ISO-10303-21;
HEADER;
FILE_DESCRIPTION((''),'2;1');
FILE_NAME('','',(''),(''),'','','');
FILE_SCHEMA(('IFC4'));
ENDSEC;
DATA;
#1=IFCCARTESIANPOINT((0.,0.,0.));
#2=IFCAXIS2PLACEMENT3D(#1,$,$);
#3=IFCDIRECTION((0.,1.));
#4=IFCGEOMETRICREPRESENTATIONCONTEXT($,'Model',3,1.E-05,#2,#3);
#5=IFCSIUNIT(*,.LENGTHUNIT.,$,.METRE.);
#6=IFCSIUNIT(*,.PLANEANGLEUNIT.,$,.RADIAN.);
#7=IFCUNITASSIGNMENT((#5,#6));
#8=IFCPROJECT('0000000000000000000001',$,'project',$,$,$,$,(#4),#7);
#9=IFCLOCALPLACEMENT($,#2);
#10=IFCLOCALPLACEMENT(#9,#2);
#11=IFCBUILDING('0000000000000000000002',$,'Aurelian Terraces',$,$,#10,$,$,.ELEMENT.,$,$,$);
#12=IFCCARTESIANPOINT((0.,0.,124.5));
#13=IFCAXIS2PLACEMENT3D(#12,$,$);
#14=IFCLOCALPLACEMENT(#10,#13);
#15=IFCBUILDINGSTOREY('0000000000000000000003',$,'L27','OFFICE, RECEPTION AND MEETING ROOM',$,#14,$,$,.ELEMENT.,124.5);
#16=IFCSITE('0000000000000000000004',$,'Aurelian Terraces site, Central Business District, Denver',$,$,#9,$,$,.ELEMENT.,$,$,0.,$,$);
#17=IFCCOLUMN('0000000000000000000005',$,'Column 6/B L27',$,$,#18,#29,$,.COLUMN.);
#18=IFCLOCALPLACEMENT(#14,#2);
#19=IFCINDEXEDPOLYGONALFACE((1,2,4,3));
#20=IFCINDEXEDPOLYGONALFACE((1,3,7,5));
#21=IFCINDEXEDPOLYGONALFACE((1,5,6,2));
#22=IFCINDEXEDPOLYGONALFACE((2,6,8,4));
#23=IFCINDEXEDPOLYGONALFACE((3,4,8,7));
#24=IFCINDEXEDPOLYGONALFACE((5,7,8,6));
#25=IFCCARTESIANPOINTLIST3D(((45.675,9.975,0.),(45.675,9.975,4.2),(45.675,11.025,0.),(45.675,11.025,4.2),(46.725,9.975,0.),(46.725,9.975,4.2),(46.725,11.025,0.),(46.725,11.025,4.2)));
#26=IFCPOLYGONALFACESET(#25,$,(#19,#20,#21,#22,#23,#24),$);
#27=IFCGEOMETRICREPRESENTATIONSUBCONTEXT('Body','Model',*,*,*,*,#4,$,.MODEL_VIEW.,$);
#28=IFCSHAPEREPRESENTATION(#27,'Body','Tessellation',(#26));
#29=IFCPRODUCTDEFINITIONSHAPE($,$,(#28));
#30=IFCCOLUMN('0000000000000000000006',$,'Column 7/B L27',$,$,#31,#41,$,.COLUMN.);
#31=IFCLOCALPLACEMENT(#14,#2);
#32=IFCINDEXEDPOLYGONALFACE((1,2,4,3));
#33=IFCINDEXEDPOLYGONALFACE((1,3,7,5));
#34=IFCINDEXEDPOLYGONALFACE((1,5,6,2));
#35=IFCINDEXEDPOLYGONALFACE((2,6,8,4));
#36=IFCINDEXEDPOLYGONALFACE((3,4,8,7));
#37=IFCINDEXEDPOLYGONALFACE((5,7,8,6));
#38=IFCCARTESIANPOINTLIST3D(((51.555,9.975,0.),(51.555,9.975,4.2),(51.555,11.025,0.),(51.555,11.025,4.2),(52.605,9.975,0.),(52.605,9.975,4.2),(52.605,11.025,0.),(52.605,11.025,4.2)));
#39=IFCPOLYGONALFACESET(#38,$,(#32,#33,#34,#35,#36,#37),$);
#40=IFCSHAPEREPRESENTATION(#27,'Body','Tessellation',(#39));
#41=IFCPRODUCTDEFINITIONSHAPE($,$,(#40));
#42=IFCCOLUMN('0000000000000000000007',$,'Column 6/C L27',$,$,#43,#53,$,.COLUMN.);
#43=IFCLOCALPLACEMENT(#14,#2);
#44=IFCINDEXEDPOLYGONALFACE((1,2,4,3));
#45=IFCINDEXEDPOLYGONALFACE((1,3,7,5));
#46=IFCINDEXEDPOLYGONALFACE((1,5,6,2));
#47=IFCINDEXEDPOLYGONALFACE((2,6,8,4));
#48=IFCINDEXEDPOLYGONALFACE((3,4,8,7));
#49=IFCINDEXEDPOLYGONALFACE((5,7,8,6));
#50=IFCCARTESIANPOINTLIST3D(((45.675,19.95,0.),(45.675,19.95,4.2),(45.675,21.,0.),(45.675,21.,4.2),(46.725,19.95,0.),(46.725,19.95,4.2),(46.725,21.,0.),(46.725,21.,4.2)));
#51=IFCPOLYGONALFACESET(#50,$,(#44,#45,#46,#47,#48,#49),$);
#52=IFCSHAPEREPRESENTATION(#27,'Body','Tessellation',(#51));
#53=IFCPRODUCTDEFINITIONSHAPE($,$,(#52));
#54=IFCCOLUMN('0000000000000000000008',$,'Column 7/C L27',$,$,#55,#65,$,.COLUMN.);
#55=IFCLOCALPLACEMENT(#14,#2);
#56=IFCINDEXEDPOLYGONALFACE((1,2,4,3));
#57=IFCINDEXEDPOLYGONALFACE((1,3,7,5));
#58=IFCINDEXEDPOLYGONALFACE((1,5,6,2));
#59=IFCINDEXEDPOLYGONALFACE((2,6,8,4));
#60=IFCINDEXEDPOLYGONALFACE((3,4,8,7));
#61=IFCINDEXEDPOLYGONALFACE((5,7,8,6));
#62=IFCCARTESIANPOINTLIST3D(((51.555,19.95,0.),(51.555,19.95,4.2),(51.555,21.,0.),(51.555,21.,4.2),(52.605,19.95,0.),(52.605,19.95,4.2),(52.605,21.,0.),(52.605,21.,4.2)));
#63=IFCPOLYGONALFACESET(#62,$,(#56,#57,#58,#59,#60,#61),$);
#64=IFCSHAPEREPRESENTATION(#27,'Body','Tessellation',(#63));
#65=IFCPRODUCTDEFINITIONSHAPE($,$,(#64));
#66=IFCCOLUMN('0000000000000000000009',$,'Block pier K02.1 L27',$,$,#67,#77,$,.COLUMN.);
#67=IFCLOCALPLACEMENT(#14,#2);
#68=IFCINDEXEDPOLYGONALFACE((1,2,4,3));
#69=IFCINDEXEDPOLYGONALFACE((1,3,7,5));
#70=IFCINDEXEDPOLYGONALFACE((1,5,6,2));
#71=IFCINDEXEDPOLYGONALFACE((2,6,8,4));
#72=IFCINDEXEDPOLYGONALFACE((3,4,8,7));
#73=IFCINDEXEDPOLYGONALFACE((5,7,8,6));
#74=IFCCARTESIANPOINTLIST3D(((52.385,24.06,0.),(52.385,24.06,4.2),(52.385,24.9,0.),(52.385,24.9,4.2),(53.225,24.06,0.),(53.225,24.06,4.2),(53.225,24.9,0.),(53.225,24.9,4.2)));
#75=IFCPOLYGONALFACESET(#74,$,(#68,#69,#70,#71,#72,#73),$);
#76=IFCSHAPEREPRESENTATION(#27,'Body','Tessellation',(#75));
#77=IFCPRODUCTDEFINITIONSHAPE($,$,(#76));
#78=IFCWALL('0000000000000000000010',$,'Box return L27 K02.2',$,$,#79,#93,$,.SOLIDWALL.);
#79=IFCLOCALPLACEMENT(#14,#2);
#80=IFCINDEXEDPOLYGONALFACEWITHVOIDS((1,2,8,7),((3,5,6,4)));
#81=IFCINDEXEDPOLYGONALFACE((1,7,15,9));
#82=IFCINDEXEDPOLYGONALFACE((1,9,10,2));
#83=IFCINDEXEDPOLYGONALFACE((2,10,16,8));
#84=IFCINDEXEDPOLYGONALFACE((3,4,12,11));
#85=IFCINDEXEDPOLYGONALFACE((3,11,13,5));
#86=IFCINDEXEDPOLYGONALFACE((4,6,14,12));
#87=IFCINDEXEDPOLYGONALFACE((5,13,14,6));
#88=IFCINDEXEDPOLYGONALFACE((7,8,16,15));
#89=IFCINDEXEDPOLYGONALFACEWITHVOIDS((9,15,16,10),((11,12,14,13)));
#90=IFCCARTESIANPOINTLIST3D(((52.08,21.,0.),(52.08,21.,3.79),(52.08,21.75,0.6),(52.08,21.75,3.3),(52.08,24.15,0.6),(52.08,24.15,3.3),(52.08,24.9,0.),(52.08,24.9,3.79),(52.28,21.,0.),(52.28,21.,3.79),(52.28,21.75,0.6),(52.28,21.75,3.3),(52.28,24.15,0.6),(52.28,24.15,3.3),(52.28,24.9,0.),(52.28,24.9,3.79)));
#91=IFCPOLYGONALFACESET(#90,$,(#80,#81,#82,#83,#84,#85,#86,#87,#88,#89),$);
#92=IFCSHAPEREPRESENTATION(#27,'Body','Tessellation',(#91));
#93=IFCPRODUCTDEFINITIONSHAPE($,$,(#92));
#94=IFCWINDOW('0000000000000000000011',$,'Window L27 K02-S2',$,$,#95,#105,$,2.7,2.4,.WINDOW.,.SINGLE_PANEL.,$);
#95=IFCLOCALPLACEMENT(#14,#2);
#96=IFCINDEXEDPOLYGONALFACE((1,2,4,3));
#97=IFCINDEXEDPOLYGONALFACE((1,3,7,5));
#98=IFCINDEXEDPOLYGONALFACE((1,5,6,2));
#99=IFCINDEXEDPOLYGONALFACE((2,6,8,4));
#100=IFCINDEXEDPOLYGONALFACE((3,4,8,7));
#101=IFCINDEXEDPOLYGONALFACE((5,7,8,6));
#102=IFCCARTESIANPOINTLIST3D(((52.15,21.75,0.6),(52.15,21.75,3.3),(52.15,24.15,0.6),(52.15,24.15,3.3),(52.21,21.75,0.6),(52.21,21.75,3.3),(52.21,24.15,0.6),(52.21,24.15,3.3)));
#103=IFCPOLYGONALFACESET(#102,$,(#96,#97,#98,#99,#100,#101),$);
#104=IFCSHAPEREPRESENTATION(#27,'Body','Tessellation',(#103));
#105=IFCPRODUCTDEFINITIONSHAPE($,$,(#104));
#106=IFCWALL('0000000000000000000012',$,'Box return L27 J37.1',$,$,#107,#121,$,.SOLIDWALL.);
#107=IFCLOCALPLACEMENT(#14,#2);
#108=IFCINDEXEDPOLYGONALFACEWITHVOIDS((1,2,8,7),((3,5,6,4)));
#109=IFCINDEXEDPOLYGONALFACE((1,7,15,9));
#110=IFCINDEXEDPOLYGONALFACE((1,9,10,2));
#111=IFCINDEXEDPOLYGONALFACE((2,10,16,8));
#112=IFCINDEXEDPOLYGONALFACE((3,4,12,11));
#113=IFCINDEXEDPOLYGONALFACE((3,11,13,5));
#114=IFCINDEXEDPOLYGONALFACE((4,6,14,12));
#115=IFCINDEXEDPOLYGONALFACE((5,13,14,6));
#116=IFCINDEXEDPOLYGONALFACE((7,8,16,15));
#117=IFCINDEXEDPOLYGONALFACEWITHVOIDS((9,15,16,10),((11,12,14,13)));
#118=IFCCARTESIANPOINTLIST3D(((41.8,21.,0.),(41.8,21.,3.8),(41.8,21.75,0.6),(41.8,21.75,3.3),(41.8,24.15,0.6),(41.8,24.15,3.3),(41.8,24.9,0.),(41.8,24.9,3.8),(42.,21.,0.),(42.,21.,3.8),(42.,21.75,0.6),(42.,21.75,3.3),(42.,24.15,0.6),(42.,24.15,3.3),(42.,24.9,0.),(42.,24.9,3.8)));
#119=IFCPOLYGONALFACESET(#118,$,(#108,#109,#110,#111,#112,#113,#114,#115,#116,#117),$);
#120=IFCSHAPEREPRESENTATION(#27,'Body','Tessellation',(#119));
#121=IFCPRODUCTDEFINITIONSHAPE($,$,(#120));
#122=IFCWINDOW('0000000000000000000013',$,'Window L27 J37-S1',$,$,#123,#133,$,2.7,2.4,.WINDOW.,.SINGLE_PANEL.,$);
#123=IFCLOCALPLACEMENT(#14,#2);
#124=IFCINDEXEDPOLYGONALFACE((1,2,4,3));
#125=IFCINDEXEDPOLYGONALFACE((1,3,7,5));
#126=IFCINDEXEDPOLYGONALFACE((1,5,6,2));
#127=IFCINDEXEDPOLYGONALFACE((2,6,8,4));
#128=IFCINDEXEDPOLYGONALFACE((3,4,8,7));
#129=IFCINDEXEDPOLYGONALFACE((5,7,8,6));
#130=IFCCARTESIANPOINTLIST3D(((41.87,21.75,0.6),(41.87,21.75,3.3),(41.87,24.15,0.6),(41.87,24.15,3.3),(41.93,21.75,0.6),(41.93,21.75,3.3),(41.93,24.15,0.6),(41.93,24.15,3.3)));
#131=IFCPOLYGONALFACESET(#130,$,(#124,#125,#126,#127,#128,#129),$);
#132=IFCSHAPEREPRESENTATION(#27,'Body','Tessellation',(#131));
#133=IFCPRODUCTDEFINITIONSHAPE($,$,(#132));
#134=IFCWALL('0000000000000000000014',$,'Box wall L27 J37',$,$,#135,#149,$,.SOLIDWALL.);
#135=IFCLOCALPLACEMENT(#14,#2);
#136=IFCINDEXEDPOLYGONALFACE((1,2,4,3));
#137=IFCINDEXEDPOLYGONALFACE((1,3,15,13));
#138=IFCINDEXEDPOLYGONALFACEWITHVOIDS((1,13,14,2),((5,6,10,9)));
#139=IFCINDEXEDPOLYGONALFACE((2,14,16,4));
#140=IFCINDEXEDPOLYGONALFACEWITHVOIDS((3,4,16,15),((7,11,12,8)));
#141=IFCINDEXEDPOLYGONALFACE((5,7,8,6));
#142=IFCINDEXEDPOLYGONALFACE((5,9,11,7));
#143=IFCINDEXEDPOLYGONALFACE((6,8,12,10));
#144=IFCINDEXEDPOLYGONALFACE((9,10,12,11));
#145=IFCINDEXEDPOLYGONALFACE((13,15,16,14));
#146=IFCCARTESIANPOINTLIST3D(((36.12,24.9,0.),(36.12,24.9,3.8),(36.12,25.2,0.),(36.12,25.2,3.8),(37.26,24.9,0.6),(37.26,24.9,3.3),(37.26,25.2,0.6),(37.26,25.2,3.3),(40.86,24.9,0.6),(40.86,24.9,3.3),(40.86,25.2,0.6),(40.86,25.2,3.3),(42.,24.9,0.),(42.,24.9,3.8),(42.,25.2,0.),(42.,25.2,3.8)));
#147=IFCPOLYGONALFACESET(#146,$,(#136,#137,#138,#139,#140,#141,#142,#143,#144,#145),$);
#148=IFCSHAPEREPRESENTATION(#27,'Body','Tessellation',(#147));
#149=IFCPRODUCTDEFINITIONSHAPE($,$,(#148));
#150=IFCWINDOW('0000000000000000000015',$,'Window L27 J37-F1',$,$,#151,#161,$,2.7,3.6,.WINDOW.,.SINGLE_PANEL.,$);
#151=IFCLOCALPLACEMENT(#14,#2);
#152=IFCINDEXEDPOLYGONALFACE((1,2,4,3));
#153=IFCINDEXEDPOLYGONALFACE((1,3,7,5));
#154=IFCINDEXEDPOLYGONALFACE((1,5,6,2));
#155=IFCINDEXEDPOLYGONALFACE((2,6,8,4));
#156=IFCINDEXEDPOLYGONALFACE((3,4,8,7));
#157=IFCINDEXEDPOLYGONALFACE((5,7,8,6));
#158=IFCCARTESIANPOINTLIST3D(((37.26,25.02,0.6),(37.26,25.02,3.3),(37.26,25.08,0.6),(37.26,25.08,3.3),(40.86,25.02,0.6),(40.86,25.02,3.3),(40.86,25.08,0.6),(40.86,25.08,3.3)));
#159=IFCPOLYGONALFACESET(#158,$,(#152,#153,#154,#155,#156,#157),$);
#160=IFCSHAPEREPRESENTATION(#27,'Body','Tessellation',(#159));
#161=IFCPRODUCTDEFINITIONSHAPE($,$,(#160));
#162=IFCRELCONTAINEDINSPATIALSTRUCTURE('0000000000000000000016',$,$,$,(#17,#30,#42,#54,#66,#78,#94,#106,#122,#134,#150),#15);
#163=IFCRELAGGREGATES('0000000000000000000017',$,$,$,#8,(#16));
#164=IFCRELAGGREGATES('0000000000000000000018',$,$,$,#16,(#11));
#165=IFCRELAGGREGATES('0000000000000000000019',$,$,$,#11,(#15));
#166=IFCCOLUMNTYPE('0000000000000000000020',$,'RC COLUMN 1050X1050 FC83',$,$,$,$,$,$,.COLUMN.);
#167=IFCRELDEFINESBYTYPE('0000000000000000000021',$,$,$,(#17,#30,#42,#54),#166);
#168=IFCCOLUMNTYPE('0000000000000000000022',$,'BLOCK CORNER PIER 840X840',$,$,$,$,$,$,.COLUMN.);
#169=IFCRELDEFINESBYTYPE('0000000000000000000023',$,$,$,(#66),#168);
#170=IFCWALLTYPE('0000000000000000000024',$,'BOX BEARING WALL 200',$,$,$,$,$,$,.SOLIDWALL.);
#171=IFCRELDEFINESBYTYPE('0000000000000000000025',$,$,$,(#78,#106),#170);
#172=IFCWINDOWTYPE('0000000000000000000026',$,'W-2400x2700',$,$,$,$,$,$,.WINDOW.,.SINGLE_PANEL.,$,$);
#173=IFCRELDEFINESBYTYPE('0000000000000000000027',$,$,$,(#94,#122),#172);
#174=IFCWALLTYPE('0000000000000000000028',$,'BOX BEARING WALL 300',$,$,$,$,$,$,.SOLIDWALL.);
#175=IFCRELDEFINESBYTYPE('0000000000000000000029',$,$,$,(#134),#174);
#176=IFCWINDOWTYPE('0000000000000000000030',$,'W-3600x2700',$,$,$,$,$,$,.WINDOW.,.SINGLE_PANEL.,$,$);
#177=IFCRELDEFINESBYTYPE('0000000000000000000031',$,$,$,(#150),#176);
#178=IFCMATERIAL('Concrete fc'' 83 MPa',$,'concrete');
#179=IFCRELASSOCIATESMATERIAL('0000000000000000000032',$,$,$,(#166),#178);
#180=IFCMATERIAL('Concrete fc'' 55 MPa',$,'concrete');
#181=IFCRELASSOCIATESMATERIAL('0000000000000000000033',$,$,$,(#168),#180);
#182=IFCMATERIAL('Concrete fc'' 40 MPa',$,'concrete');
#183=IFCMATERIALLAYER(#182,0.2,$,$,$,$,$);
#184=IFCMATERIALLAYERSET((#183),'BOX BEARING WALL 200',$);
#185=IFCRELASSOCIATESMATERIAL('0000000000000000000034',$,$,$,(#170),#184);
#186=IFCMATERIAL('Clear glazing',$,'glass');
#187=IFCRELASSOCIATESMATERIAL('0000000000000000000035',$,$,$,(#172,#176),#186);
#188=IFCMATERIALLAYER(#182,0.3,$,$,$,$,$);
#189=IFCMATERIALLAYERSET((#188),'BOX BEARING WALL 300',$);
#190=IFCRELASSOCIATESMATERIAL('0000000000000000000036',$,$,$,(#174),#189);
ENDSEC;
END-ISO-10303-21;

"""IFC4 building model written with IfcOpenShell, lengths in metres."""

from ifc_helpers import new_model, si_unit, direction, frame, frame_2d, origin, origin_2d, place, context, subcontext, project, spatial, rectangle, extrude, source, transform, mapped, material, layer, layer_set, material_profile, profile_set, type_object, element, fill, save


model = new_model("IFC4")

# Units and contexts
model_context = context("Model", 3, precision=1e-05, world=origin(), true_north=direction((0.0, 1.0)))
body_context = subcontext(model_context, "Body", "Model", "MODEL_VIEW")
ifc_project = project(units=[si_unit("LENGTHUNIT", "METRE"), si_unit("PLANEANGLEUNIT", "RADIAN")], contexts=[model_context])

# Site, building, storey
site_placement = place(None, origin())
site = spatial("IfcSite", under=ifc_project, at=site_placement, Name="Aurelian Terraces site, Central Business District, Denver", CompositionType="ELEMENT", RefElevation=0.0)
building_placement = place(site_placement, origin())
building = spatial("IfcBuilding", under=site, at=building_placement, Name="Aurelian Terraces", CompositionType="ELEMENT")
storey_placement = place(building_placement, frame((0.0, 0.0, 124.5)))
storey = spatial("IfcBuildingStorey", under=building, at=storey_placement, Name="L27", Description="OFFICE, RECEPTION AND MEETING ROOM", CompositionType="ELEMENT", Elevation=124.5)

# Columns
ifc_material_1 = material(Name="Concrete fc' 83 MPa", Category="concrete")
ifc_material_profile_1 = material_profile(ifc_material_1, rectangle(XDim=1.05, YDim=1.05, at=origin_2d()))
ifc_profile_set_1 = profile_set([ifc_material_profile_1], Name="Concrete fc' 83 MPa")
column_type_1 = type_object("IfcColumnType", Name="RC COLUMN 1050X1050 FC83", PredefinedType="COLUMN", material=ifc_profile_set_1)
shared_shape_1 = source(origin(), body_context, "Body", "SweptSolid", [
    extrude(rectangle(XDim=1.05, YDim=1.05, at=origin_2d()), origin(), (0.0, 0.0, 1.0), 4.2),
])
for number, where, z_axis, x_axis, name in (
    (1, (46.2, 10.5, 0.0), (0.0, 0.0, 1.0), (1.0, 0.0, 0.0), "Column 6/B L27"),
    (2, (52.08, 10.5, 0.0), (0.0, 0.0, 1.0), (1.0, 0.0, 0.0), "Column 7/B L27"),
    (3, (46.2, 20.475, 0.0), (0.0, 0.0, 1.0), (1.0, 0.0, 0.0), "Column 6/C L27"),
    (4, (52.08, 20.475, 0.0), (0.0, 0.0, 1.0), (1.0, 0.0, 0.0), "Column 7/C L27"),
):
    element("IfcColumn", number, at=place(storey_placement, frame(where, z_axis=z_axis, x_axis=x_axis)), inside=storey, type_object=column_type_1, Name=name, PredefinedType="COLUMN", context=body_context, shape_type="MappedRepresentation", body=[
        mapped(shared_shape_1, transform((0.0, 0.0, 0.0), scale=1.0)),
    ])
ifc_material_2 = material(Name="Concrete fc' 55 MPa", Category="concrete")
ifc_material_profile_2 = material_profile(ifc_material_2, rectangle(XDim=0.84, YDim=0.84, at=origin_2d()))
ifc_profile_set_2 = profile_set([ifc_material_profile_2], Name="Concrete fc' 55 MPa")
column_type_2 = type_object("IfcColumnType", Name="BLOCK CORNER PIER 840X840", PredefinedType="COLUMN", material=ifc_profile_set_2)
shared_shape_2 = source(origin(), body_context, "Body", "SweptSolid", [
    extrude(rectangle(XDim=0.84, YDim=0.84, at=origin_2d()), origin(), (0.0, 0.0, 1.0), 4.2),
])
column_placement = place(storey_placement, frame((52.805, 24.48, 0.0), z_axis=(0.0, 0.0, 1.0), x_axis=(1.0, 0.0, 0.0)))
element("IfcColumn", 5, at=column_placement, inside=storey, type_object=column_type_2, Name="Block pier K02.1 L27", PredefinedType="COLUMN", context=body_context, shape_type="MappedRepresentation", body=[
    mapped(shared_shape_2, transform((0.0, 0.0, 0.0), scale=1.0)),
])

# Walls, openings, windows
ifc_material_3 = material(Name="Concrete fc' 40 MPa", Category="concrete")
ifc_layer_1 = layer(ifc_material_3, 0.2)
ifc_layer_set_1 = layer_set([ifc_layer_1], Name="BOX BEARING WALL 200")
wall_type_1 = type_object("IfcWallType", Name="BOX BEARING WALL 200", PredefinedType="SOLIDWALL", material=ifc_layer_set_1)
shared_shape_3 = source(origin(), body_context, "Body", "SweptSolid", [
    extrude(rectangle(XDim=3.9, YDim=0.2, at=frame_2d((1.95, 0.0))), origin(), (0.0, 0.0, 1.0), 3.79),
])
wall_1_placement = place(storey_placement, frame((52.18, 21.0, 0.0), z_axis=(0.0, 0.0, 1.0), x_axis=(0.0, 1.0, 0.0)))
wall_1 = element("IfcWall", 6, at=wall_1_placement, inside=storey, type_object=wall_type_1, Name="Box return L27 K02.2", PredefinedType="SOLIDWALL", context=body_context, shape_type="MappedRepresentation", body=[
    mapped(shared_shape_3, transform((0.0, 0.0, 0.0), scale=1.0)),
])
shared_shape_4 = source(origin(), body_context, "Body", "SweptSolid", [
    extrude(rectangle(XDim=2.4, YDim=2.7, at=frame_2d((1.2, 1.35))), frame((0.0, 0.11, 0.0), z_axis=(0.0, -1.0, 0.0), x_axis=(1.0, 0.0, 0.0)), (0.0, 0.0, 1.0), 0.22),
])
opening_1_placement = place(wall_1_placement, frame((0.75, 0.0, 0.6)))
opening_1 = element("IfcOpeningElement", 7, at=opening_1_placement, cuts=wall_1, PredefinedType="OPENING", context=body_context, shape_type="MappedRepresentation", body=[
    mapped(shared_shape_4, transform((0.0, 0.0, 0.0), scale=1.0)),
])
ifc_material_4 = material(Name="Clear glazing", Category="glass")
window_type_1 = type_object("IfcWindowType", Name="W-2400x2700", PartitioningType="SINGLE_PANEL", PredefinedType="WINDOW", material=ifc_material_4)
shared_shape_5 = source(origin(), body_context, "Body", "SweptSolid", [
    extrude(rectangle(XDim=2.4, YDim=2.7, at=frame_2d((1.2, 1.35))), frame((0.0, 0.03, 0.0), z_axis=(0.0, -1.0, 0.0), x_axis=(1.0, 0.0, 0.0)), (0.0, 0.0, 1.0), 0.06),
])
window_1_placement = place(opening_1_placement, origin())
window_1 = element("IfcWindow", 8, at=window_1_placement, inside=storey, type_object=window_type_1, Name="Window L27 K02-S2", OverallHeight=2.7, OverallWidth=2.4, PartitioningType="SINGLE_PANEL", PredefinedType="WINDOW", context=body_context, shape_type="MappedRepresentation", body=[
    mapped(shared_shape_5, transform((0.0, 0.0, 0.0), scale=1.0)),
])
fill(opening_1, window_1)
shared_shape_6 = source(origin(), body_context, "Body", "SweptSolid", [
    extrude(rectangle(XDim=3.9, YDim=0.2, at=frame_2d((1.95, 0.0))), origin(), (0.0, 0.0, 1.0), 3.8),
])
wall_2_placement = place(storey_placement, frame((41.9, 21.0, 0.0), z_axis=(0.0, 0.0, 1.0), x_axis=(0.0, 1.0, 0.0)))
wall_2 = element("IfcWall", 9, at=wall_2_placement, inside=storey, type_object=wall_type_1, Name="Box return L27 J37.1", PredefinedType="SOLIDWALL", context=body_context, shape_type="MappedRepresentation", body=[
    mapped(shared_shape_6, transform((0.0, 0.0, 0.0), scale=1.0)),
])
opening_2_placement = place(wall_2_placement, frame((0.75, 0.0, 0.6)))
opening_2 = element("IfcOpeningElement", 10, at=opening_2_placement, cuts=wall_2, PredefinedType="OPENING", context=body_context, shape_type="MappedRepresentation", body=[
    mapped(shared_shape_4, transform((0.0, 0.0, 0.0), scale=1.0)),
])
window_2_placement = place(opening_2_placement, origin())
window_2 = element("IfcWindow", 11, at=window_2_placement, inside=storey, type_object=window_type_1, Name="Window L27 J37-S1", OverallHeight=2.7, OverallWidth=2.4, PartitioningType="SINGLE_PANEL", PredefinedType="WINDOW", context=body_context, shape_type="MappedRepresentation", body=[
    mapped(shared_shape_5, transform((0.0, 0.0, 0.0), scale=1.0)),
])
fill(opening_2, window_2)
ifc_layer_2 = layer(ifc_material_3, 0.3)
ifc_layer_set_2 = layer_set([ifc_layer_2], Name="BOX BEARING WALL 300")
wall_type_2 = type_object("IfcWallType", Name="BOX BEARING WALL 300", PredefinedType="SOLIDWALL", material=ifc_layer_set_2)
shared_shape_7 = source(origin(), body_context, "Body", "SweptSolid", [
    extrude(rectangle(XDim=5.88, YDim=0.3, at=frame_2d((2.94, 0.0))), origin(), (0.0, 0.0, 1.0), 3.8),
])
wall_3_placement = place(storey_placement, frame((42.0, 25.05, 0.0), z_axis=(0.0, 0.0, 1.0), x_axis=(-1.0, 0.0, 0.0)))
wall_3 = element("IfcWall", 12, at=wall_3_placement, inside=storey, type_object=wall_type_2, Name="Box wall L27 J37", PredefinedType="SOLIDWALL", context=body_context, shape_type="MappedRepresentation", body=[
    mapped(shared_shape_7, transform((0.0, 0.0, 0.0), scale=1.0)),
])
shared_shape_8 = source(origin(), body_context, "Body", "SweptSolid", [
    extrude(rectangle(XDim=3.6, YDim=2.7, at=frame_2d((1.8, 1.35))), frame((0.0, 0.16, 0.0), z_axis=(0.0, -1.0, 0.0), x_axis=(1.0, 0.0, 0.0)), (0.0, 0.0, 1.0), 0.32),
])
opening_3_placement = place(wall_3_placement, frame((1.14, 0.0, 0.6)))
opening_3 = element("IfcOpeningElement", 13, at=opening_3_placement, cuts=wall_3, PredefinedType="OPENING", context=body_context, shape_type="MappedRepresentation", body=[
    mapped(shared_shape_8, transform((0.0, 0.0, 0.0), scale=1.0)),
])
window_type_2 = type_object("IfcWindowType", Name="W-3600x2700", PartitioningType="SINGLE_PANEL", PredefinedType="WINDOW", material=ifc_material_4)
shared_shape_9 = source(origin(), body_context, "Body", "SweptSolid", [
    extrude(rectangle(XDim=3.6, YDim=2.7, at=frame_2d((1.8, 1.35))), frame((0.0, 0.03, 0.0), z_axis=(0.0, -1.0, 0.0), x_axis=(1.0, 0.0, 0.0)), (0.0, 0.0, 1.0), 0.06),
])
window_3_placement = place(opening_3_placement, origin())
window_3 = element("IfcWindow", 14, at=window_3_placement, inside=storey, type_object=window_type_2, Name="Window L27 J37-F1", OverallHeight=2.7, OverallWidth=3.6, PartitioningType="SINGLE_PANEL", PredefinedType="WINDOW", context=body_context, shape_type="MappedRepresentation", body=[
    mapped(shared_shape_9, transform((0.0, 0.0, 0.0), scale=1.0)),
])
fill(opening_3, window_3)

save(model, "model.ifc")
